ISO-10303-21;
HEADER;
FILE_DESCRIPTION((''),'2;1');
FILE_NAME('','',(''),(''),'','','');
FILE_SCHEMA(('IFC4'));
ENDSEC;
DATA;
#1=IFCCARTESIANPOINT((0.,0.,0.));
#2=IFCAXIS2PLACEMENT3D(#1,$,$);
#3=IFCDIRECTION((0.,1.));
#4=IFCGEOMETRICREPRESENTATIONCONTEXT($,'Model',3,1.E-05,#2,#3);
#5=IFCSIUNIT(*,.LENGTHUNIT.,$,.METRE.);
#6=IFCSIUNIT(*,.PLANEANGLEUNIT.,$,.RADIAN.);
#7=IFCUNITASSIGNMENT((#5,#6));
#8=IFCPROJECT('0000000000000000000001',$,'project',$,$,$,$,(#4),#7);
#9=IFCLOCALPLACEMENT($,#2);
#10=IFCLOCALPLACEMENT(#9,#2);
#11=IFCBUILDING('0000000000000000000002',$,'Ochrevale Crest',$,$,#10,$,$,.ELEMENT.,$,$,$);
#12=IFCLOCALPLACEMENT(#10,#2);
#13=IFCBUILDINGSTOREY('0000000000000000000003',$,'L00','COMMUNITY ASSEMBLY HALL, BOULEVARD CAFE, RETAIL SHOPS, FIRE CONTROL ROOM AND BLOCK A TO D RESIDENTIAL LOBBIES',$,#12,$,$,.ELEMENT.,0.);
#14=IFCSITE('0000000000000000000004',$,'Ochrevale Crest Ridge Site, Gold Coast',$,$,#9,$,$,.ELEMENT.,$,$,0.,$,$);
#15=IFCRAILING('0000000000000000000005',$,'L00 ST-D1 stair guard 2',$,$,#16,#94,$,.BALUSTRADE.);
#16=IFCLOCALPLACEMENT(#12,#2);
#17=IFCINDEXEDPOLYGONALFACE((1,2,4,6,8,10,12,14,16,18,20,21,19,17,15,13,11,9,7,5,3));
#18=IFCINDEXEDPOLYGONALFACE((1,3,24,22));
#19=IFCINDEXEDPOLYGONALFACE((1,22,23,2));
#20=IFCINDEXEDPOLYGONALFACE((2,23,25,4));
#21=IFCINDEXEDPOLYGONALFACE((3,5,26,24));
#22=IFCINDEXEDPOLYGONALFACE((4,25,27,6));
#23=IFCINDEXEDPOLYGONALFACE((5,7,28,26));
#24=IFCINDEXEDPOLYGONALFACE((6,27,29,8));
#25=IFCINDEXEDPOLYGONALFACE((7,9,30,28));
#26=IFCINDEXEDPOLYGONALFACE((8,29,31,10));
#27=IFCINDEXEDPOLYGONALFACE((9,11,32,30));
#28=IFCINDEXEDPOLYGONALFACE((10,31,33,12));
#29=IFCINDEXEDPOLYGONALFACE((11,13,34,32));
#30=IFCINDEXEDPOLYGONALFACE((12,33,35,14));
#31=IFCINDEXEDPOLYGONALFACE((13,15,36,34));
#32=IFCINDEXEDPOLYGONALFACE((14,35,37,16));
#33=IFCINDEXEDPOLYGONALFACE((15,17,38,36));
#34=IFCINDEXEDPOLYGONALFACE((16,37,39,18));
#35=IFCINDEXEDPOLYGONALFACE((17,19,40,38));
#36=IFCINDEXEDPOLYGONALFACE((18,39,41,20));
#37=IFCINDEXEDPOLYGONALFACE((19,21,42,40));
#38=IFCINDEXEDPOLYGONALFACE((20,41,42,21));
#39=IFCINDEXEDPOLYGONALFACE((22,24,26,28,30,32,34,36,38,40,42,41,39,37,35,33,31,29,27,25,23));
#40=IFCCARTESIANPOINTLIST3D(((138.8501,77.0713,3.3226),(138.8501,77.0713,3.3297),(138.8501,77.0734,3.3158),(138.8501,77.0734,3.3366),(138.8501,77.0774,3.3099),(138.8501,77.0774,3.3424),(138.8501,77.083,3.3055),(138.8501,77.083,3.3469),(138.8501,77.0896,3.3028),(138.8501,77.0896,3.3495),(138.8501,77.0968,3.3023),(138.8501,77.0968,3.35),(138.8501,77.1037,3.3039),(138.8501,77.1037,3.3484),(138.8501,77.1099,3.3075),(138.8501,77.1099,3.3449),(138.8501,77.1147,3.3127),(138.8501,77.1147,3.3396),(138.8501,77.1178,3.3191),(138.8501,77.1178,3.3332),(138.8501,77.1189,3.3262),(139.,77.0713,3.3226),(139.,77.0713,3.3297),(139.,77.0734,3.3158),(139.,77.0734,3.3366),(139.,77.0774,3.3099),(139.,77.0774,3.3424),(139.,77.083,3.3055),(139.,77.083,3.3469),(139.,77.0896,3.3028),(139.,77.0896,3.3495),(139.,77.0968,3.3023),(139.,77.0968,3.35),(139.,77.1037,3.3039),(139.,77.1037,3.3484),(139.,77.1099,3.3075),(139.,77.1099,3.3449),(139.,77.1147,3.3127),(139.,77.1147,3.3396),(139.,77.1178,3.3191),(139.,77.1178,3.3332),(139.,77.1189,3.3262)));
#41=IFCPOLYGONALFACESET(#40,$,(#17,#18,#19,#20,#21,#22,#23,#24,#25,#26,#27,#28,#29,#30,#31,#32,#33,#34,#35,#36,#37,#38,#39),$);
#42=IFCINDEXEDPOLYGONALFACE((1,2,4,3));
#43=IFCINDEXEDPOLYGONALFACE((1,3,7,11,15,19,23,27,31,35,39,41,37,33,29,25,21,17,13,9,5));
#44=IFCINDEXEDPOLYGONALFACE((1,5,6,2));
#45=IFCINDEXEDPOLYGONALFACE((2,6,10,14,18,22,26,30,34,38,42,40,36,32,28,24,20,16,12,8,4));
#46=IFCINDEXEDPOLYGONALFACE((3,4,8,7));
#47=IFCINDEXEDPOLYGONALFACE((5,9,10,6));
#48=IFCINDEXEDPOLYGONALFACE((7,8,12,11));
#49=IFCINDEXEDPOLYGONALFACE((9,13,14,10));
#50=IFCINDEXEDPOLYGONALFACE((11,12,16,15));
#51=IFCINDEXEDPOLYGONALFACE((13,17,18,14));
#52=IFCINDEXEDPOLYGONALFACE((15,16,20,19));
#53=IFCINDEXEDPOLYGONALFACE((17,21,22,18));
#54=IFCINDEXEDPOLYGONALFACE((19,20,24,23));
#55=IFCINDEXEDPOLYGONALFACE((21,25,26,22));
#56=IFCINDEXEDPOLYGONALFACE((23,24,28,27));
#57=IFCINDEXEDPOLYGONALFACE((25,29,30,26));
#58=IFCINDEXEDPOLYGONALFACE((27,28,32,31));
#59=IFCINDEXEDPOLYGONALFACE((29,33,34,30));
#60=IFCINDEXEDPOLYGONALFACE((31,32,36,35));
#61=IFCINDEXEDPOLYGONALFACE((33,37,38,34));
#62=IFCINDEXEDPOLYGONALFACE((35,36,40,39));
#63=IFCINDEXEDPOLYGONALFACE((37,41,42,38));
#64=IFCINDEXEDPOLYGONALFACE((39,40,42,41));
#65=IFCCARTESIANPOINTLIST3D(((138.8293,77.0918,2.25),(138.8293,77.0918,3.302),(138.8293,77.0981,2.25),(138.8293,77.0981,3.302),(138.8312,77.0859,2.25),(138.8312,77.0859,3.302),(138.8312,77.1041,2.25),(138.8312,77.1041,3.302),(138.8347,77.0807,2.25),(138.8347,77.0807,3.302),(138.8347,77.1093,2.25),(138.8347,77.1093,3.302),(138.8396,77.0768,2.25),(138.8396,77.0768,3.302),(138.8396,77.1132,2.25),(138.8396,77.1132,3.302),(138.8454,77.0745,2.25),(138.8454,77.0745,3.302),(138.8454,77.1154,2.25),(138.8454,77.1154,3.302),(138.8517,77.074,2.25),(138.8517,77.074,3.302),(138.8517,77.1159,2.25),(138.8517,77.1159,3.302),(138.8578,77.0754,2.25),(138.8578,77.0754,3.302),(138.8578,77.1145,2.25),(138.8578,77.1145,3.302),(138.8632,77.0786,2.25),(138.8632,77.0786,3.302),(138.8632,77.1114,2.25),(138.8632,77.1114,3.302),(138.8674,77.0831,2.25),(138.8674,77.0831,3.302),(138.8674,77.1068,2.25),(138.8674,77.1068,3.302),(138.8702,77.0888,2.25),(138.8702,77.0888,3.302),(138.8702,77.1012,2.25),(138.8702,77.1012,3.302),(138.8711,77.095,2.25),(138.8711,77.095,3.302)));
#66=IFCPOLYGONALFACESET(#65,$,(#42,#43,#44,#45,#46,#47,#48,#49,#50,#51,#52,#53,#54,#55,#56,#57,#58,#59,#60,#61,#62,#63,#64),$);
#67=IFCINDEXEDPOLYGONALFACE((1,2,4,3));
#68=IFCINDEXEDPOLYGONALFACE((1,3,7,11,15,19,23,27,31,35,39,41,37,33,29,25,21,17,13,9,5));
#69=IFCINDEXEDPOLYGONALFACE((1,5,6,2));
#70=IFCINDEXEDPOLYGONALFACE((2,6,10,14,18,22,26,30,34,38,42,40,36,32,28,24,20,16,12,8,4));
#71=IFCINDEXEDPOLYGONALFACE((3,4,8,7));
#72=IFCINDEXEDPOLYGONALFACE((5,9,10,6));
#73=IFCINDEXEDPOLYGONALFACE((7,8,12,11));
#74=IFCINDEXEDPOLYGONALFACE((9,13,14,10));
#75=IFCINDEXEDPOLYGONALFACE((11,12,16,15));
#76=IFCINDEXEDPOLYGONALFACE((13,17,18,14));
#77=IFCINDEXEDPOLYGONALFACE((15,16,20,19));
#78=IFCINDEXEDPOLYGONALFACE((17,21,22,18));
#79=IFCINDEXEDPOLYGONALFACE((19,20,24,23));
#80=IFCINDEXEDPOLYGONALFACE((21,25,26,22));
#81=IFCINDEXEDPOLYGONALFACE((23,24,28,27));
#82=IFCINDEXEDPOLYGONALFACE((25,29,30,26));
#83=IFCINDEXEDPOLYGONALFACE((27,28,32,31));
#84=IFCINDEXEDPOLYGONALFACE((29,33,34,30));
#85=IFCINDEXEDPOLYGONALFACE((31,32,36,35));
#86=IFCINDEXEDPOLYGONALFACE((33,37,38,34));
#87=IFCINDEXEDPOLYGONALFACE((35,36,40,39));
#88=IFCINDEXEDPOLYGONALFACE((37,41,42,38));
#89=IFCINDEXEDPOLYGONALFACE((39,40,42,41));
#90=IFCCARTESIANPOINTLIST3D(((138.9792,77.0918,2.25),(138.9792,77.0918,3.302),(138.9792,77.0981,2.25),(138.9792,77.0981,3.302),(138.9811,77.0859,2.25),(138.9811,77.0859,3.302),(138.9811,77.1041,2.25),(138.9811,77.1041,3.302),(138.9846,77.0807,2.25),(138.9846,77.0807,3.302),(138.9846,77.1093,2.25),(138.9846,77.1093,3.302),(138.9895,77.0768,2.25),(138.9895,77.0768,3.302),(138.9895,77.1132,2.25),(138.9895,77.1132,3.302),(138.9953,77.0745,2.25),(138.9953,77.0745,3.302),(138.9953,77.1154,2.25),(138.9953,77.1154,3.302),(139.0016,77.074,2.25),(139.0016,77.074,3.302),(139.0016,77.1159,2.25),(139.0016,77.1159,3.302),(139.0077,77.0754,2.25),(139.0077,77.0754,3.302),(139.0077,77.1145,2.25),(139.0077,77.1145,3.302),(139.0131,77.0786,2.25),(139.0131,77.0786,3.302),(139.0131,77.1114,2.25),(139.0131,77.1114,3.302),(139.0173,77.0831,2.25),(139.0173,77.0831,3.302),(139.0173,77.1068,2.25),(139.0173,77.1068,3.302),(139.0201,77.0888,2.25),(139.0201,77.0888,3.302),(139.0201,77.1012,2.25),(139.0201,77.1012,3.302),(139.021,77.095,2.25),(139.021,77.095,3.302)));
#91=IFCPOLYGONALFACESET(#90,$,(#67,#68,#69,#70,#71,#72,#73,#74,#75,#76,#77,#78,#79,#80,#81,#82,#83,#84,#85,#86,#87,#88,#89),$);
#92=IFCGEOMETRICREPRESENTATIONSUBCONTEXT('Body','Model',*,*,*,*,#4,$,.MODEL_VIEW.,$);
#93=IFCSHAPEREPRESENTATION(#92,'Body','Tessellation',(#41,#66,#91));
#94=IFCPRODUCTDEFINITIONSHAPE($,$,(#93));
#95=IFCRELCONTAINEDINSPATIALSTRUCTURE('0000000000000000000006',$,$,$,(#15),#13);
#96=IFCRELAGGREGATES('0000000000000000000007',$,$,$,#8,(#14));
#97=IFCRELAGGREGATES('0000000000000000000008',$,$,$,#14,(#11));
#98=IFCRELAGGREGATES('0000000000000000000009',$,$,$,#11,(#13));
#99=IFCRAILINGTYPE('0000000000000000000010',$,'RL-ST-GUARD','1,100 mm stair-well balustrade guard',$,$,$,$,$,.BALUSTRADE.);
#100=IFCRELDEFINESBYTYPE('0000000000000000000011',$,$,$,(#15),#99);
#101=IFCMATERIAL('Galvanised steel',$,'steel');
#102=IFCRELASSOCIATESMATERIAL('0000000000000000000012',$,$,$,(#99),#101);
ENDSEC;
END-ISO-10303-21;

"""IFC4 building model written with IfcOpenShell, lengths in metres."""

from ifc_helpers import new_model, si_unit, direction, frame, origin, origin_2d, place, context, subcontext, project, spatial, circle, extrude, material, type_object, element, save


model = new_model("IFC4")

# Units and contexts
model_context = context("Model", 3, precision=1e-05, world=origin(), true_north=direction((0.0, 1.0)))
body_context = subcontext(model_context, "Body", "Model", "MODEL_VIEW")
ifc_project = project(units=[si_unit("LENGTHUNIT", "METRE"), si_unit("PLANEANGLEUNIT", "RADIAN")], contexts=[model_context])

# Site, building, storey
site_placement = place(None, origin())
site = spatial("IfcSite", under=ifc_project, at=site_placement, Name="Ochrevale Crest Ridge Site, Gold Coast", CompositionType="ELEMENT", RefElevation=0.0)
building_placement = place(site_placement, origin())
building = spatial("IfcBuilding", under=site, at=building_placement, Name="Ochrevale Crest", CompositionType="ELEMENT")
storey_placement = place(building_placement, origin())
storey = spatial("IfcBuildingStorey", under=building, at=storey_placement, Name="L00", Description="COMMUNITY ASSEMBLY HALL, BOULEVARD CAFE, RETAIL SHOPS, FIRE CONTROL ROOM AND BLOCK A TO D RESIDENTIAL LOBBIES", CompositionType="ELEMENT", Elevation=0.0)

# Railing
ifc_material_1 = material(Name="Galvanised steel", Category="steel")
railing_type_1 = type_object("IfcRailingType", Name="RL-ST-GUARD", Description="1,100 mm stair-well balustrade guard", PredefinedType="BALUSTRADE", material=ifc_material_1)
railing_1_placement = place(storey_placement, frame((138.8501, 77.095, 2.25)))
element("IfcRailing", 1, at=railing_1_placement, inside=storey, type_object=railing_type_1, Name="L00 ST-D1 stair guard 2", PredefinedType="BALUSTRADE", context=body_context, shape_type="SweptSolid", body=[
    extrude(circle(Radius=0.0239, at=origin_2d()), frame((0.0, 0.0, 1.0762), z_axis=(1.0, 0.0, 0.0), x_axis=(0.0, 1.0, 0.0)), (0.0, 0.0, 1.0), 0.1499),
    extrude(circle(Radius=0.021, at=origin_2d()), origin(), (0.0, 0.0, 1.0), 1.052),
    extrude(circle(Radius=0.021, at=origin_2d()), frame((0.1499, 0.0, 0.0)), (0.0, 0.0, 1.0), 1.052),
])

save(model, "model.ifc")
